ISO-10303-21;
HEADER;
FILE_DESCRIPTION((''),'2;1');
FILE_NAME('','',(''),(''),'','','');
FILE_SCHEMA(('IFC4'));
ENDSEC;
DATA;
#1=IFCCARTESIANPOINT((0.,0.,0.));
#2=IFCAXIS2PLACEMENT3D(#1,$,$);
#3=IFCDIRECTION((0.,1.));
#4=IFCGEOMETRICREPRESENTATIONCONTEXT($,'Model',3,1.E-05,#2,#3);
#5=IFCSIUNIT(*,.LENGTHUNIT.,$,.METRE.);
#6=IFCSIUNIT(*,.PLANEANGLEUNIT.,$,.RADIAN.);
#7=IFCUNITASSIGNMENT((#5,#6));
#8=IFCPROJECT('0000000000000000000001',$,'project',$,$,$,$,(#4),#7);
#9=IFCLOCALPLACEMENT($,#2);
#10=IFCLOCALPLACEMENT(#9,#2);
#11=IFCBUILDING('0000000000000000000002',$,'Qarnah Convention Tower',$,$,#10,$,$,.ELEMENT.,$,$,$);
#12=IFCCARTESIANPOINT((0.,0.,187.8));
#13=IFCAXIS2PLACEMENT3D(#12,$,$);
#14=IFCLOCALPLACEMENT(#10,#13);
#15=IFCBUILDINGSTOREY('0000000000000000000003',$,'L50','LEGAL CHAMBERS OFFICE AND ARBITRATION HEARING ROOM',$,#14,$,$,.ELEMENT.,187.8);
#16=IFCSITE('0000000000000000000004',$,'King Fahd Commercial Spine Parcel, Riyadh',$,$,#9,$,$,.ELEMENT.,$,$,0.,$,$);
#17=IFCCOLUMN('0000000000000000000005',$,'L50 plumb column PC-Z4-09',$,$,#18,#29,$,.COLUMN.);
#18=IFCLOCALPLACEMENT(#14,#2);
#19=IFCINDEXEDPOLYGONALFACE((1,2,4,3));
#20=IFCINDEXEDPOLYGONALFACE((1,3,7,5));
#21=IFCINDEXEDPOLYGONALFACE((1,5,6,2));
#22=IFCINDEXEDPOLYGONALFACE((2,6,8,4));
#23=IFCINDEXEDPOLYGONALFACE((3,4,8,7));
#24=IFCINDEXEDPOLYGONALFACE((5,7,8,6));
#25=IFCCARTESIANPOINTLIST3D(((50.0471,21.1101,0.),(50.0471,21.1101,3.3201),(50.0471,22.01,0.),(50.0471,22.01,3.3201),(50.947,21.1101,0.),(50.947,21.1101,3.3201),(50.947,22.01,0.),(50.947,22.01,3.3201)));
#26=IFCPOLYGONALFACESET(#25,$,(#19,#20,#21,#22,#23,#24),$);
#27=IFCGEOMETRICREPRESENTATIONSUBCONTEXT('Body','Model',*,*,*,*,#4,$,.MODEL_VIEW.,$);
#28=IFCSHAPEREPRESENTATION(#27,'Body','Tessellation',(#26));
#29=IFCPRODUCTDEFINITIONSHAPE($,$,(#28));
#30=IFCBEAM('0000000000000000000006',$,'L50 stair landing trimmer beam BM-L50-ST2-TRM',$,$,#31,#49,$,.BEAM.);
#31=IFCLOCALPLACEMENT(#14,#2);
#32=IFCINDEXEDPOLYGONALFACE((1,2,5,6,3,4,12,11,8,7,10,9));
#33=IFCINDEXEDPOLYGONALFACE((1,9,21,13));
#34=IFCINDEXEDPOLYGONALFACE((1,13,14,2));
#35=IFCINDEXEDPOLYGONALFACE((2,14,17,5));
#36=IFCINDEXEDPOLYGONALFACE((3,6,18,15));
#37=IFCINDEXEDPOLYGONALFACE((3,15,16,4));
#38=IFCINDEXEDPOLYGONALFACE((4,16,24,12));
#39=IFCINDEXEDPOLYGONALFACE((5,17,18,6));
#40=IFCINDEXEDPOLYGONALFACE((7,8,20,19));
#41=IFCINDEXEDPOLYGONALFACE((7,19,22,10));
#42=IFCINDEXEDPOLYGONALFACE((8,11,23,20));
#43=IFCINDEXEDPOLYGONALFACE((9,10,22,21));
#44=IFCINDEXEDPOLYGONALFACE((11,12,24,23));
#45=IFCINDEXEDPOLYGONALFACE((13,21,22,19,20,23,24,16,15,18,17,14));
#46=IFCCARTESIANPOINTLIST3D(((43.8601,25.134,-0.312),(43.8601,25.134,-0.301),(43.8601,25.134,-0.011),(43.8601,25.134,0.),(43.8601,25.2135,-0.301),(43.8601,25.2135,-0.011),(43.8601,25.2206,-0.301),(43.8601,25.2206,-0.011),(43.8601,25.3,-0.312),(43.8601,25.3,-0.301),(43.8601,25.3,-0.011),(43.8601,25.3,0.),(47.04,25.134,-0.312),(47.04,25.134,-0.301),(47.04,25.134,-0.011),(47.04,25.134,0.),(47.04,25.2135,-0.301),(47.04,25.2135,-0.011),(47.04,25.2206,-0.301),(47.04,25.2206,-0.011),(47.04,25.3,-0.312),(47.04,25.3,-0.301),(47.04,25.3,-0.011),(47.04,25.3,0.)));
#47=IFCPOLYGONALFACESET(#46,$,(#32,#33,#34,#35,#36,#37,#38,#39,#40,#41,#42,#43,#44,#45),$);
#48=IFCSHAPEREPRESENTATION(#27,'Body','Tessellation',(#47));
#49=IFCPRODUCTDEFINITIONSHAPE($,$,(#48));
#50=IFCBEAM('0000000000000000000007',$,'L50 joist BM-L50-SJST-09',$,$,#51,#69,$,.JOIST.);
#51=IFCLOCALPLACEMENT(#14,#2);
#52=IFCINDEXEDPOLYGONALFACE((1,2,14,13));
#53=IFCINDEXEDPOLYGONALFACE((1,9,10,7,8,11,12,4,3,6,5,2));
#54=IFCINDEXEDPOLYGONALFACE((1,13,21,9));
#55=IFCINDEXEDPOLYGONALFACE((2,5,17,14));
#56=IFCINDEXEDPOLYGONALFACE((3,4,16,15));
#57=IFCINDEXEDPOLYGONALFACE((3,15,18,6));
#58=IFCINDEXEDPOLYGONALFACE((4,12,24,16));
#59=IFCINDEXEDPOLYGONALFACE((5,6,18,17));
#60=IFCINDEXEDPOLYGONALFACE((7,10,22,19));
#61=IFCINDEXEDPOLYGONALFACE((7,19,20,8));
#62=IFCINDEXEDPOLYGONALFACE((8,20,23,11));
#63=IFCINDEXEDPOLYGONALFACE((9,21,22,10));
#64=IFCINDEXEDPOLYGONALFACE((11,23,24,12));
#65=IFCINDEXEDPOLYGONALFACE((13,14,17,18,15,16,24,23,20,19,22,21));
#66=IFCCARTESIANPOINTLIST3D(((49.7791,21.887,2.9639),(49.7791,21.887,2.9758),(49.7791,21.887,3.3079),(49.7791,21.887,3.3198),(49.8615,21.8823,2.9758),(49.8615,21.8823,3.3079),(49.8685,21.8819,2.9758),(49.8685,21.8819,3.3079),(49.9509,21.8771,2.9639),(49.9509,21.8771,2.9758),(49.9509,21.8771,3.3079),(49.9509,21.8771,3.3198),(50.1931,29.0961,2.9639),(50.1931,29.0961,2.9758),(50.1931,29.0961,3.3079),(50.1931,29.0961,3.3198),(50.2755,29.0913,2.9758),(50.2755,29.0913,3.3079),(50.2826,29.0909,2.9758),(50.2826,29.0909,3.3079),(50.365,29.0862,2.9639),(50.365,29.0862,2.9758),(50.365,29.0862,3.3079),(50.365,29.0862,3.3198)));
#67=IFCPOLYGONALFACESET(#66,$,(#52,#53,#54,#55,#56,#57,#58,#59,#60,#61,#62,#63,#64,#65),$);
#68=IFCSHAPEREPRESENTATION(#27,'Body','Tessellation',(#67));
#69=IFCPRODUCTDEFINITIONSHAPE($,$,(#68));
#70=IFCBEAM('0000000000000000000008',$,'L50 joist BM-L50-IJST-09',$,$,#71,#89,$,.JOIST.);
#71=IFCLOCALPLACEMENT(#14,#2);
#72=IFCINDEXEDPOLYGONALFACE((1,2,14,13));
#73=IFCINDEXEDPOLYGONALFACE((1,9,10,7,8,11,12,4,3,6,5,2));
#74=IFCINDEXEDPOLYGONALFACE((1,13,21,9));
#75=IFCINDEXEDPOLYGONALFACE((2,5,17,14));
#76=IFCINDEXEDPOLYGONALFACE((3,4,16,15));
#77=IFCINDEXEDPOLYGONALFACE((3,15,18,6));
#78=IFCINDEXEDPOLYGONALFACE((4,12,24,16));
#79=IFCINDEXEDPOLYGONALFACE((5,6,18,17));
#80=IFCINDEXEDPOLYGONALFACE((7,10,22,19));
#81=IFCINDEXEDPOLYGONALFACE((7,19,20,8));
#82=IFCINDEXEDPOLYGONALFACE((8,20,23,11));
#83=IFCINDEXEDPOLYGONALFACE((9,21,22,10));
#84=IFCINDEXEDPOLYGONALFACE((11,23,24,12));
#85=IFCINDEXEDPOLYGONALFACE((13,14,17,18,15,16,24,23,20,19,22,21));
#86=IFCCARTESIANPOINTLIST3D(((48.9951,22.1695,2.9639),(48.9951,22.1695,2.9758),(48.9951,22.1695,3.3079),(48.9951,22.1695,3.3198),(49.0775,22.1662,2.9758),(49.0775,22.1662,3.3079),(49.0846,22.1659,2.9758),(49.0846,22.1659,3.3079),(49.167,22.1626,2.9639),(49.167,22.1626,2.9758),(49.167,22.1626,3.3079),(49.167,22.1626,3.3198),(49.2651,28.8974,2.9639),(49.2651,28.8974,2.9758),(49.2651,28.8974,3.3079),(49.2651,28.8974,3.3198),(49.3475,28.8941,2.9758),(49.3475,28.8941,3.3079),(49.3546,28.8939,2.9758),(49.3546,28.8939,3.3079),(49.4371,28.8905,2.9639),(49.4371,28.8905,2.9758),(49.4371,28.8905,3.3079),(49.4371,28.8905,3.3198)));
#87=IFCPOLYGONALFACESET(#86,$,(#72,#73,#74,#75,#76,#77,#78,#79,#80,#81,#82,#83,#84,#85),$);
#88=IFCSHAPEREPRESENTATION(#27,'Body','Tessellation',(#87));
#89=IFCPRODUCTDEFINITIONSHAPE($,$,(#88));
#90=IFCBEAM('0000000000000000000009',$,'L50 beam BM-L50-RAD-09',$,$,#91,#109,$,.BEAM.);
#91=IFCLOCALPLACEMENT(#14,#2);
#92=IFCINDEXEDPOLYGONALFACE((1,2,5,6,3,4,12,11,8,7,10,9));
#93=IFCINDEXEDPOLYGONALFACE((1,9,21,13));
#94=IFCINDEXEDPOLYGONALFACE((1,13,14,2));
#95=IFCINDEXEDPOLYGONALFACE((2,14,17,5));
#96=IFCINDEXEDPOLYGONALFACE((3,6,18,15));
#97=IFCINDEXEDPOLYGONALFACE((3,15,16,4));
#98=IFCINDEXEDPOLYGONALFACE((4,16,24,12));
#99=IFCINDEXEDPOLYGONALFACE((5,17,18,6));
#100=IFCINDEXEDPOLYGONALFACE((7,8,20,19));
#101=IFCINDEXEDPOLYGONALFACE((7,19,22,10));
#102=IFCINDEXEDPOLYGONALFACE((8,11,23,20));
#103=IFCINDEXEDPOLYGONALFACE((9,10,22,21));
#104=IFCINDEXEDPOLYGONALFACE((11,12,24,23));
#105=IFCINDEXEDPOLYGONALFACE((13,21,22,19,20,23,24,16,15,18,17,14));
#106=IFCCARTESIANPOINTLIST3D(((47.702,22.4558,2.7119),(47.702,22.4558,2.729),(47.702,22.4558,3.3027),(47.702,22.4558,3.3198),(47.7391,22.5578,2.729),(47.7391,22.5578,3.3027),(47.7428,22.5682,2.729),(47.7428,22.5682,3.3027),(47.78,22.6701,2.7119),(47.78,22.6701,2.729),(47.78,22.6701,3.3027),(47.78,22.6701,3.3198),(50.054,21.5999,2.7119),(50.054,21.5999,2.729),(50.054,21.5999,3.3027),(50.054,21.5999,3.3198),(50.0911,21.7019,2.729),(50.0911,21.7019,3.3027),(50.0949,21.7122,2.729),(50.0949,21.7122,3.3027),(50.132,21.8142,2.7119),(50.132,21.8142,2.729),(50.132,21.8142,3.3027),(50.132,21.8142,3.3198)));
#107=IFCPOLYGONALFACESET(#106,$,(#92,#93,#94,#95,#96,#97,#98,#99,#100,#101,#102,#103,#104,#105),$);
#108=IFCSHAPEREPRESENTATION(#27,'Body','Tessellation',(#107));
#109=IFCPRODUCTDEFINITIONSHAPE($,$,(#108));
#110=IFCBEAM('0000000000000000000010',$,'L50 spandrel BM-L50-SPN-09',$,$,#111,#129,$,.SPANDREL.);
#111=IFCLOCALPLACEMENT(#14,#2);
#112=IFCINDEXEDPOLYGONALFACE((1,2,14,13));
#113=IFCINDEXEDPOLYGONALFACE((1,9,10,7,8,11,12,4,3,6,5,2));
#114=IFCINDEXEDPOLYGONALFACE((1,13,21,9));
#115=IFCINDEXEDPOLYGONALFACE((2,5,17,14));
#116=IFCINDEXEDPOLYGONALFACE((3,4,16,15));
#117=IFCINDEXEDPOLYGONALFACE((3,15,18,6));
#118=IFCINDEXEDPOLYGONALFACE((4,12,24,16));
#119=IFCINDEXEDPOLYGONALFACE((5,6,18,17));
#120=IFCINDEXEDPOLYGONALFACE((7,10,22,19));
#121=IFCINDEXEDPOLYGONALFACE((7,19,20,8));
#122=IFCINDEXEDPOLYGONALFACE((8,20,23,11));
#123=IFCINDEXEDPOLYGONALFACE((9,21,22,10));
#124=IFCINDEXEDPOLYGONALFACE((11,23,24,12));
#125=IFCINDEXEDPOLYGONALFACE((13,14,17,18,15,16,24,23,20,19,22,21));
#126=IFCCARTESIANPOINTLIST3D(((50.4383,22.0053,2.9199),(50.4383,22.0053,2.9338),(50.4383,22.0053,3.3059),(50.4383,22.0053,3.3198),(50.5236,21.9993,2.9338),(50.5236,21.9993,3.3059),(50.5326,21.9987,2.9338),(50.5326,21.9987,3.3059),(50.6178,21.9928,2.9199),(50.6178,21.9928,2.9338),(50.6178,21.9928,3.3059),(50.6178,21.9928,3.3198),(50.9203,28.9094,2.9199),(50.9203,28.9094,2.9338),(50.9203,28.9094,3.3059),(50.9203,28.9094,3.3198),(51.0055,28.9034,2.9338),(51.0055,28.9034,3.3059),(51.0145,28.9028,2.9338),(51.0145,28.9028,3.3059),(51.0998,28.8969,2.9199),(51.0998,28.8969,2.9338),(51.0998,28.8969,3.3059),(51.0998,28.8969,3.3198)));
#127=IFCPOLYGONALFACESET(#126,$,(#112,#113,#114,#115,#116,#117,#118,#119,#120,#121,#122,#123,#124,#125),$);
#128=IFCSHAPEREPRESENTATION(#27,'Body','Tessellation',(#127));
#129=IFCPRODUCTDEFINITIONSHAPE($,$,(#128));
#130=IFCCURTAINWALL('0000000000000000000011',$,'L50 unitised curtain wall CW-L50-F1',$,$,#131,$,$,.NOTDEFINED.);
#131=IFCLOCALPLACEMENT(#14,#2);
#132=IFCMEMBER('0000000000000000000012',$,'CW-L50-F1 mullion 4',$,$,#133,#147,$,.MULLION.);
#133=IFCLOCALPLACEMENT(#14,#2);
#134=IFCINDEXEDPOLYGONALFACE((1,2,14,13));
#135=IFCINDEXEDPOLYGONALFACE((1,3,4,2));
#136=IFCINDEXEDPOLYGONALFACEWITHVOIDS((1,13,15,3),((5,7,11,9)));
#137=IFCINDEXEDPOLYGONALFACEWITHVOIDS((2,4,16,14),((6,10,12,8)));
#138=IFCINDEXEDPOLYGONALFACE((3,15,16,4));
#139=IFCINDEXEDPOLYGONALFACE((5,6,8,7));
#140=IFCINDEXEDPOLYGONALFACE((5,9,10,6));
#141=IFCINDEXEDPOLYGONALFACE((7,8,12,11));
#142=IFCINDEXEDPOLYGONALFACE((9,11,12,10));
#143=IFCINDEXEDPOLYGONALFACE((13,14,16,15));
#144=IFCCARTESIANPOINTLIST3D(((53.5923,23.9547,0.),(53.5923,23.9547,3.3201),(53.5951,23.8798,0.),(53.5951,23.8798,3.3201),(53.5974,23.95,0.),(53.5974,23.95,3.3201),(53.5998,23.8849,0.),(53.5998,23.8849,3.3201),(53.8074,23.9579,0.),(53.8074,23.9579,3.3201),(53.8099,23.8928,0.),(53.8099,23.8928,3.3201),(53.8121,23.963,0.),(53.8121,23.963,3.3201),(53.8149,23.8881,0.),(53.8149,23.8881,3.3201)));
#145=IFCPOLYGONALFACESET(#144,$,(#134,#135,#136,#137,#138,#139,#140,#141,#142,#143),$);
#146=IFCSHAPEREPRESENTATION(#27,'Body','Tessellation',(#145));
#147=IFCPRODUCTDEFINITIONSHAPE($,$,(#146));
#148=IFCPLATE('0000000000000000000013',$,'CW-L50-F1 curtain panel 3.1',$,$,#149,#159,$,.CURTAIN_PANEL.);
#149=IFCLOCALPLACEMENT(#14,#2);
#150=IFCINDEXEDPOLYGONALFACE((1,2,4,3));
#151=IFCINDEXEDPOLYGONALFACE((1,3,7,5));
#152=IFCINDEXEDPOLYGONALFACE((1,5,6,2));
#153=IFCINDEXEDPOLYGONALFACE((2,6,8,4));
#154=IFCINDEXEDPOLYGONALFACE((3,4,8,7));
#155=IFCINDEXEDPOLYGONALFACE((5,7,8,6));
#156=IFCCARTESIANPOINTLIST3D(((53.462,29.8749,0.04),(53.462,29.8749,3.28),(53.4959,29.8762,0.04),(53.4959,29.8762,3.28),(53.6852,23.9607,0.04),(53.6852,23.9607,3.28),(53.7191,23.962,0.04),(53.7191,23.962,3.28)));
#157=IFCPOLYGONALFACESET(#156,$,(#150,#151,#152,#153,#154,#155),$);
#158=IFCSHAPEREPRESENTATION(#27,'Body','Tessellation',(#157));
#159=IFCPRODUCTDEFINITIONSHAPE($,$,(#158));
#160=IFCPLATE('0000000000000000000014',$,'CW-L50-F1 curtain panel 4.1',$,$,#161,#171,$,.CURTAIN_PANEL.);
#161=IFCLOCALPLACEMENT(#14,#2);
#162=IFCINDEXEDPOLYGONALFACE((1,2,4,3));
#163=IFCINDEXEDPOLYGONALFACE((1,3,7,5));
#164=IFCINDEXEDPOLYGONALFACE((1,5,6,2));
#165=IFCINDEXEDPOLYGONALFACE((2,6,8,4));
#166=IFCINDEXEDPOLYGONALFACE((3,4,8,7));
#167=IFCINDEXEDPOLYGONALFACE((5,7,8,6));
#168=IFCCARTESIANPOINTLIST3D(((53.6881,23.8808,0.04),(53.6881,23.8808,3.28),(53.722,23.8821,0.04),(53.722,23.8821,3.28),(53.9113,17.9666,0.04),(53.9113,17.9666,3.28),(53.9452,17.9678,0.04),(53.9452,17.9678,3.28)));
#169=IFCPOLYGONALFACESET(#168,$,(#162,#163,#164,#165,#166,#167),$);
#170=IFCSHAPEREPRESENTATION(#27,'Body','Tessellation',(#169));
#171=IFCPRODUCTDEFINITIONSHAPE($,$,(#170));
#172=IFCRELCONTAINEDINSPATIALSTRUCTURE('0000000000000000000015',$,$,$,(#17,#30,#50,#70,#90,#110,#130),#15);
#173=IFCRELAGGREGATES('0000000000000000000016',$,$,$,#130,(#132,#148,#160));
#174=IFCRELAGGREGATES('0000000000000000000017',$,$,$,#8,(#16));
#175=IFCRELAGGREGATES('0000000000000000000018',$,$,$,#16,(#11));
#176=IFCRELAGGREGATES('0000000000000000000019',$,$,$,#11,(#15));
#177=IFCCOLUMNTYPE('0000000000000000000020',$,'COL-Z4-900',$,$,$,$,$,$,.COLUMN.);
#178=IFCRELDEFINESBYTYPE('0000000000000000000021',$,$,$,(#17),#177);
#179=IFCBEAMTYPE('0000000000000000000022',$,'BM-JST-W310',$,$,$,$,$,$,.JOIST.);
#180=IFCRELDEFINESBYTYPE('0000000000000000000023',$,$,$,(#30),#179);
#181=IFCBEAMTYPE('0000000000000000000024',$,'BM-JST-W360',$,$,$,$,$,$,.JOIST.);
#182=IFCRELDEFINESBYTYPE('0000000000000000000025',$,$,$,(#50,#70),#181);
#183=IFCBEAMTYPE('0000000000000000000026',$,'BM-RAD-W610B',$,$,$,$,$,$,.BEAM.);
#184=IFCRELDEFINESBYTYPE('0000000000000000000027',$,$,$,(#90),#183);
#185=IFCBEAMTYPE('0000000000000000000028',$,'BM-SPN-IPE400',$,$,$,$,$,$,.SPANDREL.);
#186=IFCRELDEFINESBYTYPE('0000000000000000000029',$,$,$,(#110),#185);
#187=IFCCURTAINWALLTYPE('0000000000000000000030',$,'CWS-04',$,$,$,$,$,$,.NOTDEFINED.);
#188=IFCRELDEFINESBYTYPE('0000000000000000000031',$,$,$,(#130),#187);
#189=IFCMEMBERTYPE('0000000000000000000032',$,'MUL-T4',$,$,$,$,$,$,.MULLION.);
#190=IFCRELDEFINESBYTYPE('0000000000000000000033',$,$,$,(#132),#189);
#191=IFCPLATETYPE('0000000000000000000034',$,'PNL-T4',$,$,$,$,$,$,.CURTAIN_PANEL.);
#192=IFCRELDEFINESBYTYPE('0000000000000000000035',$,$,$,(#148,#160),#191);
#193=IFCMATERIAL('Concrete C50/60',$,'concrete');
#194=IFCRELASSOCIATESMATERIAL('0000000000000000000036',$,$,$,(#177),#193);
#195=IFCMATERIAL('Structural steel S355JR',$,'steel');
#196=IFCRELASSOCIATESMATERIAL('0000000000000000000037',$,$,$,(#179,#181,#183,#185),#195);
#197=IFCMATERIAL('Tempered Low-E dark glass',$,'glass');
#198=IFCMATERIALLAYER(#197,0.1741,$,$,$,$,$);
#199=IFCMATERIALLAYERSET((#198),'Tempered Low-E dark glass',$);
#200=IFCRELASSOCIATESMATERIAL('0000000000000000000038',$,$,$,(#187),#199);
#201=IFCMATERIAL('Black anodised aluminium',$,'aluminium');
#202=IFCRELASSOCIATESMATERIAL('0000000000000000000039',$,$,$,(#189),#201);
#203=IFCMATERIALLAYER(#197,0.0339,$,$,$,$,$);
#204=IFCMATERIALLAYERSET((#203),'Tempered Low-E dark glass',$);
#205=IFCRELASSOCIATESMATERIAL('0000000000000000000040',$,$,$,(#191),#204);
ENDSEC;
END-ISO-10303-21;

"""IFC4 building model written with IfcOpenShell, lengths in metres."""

from ifc_helpers import new_model, si_unit, direction, frame, origin, origin_2d, place, context, subcontext, project, spatial, rectangle, hollow_rectangle, i_section, extrude, material, layer, layer_set, material_profile, profile_set, type_object, element, aggregate, save


model = new_model("IFC4")

# Units and contexts
model_context = context("Model", 3, precision=1e-05, world=origin(), true_north=direction((0.0, 1.0)))
body_context = subcontext(model_context, "Body", "Model", "MODEL_VIEW")
ifc_project = project(units=[si_unit("LENGTHUNIT", "METRE"), si_unit("PLANEANGLEUNIT", "RADIAN")], contexts=[model_context])

# Site, building, storey
site_placement = place(None, origin())
site = spatial("IfcSite", under=ifc_project, at=site_placement, Name="King Fahd Commercial Spine Parcel, Riyadh", CompositionType="ELEMENT", RefElevation=0.0)
building_placement = place(site_placement, origin())
building = spatial("IfcBuilding", under=site, at=building_placement, Name="Qarnah Convention Tower", CompositionType="ELEMENT")
storey_placement = place(building_placement, frame((0.0, 0.0, 187.8)))
storey = spatial("IfcBuildingStorey", under=building, at=storey_placement, Name="L50", Description="LEGAL CHAMBERS OFFICE AND ARBITRATION HEARING ROOM", CompositionType="ELEMENT", Elevation=187.8)

# Column
ifc_material_1 = material(Name="Concrete C50/60", Category="concrete")
ifc_material_profile_1 = material_profile(ifc_material_1, rectangle(XDim=0.8999, YDim=0.8999, at=origin_2d()), Name="RC-COL-900X900")
ifc_profile_set_1 = profile_set([ifc_material_profile_1], Name="Concrete C50/60")
column_type = type_object("IfcColumnType", Name="COL-Z4-900", PredefinedType="COLUMN", material=ifc_profile_set_1)
column_placement = place(storey_placement, frame((50.4971, 21.5601, 0.0), z_axis=(0.0, 0.0, 1.0), x_axis=(1.0, 0.0, 0.0)))
element("IfcColumn", 1, at=column_placement, inside=storey, type_object=column_type, Name="L50 plumb column PC-Z4-09", PredefinedType="COLUMN", context=body_context, shape_type="SweptSolid", body=[
    extrude(rectangle(XDim=0.8999, YDim=0.8999, at=origin_2d()), origin(), (0.0, 0.0, 1.0), 3.3201),
])

# Beams
ifc_material_2 = material(Name="Structural steel S355JR", Category="steel")
ifc_material_profile_2 = material_profile(ifc_material_2, i_section(OverallWidth=0.166, OverallDepth=0.312, WebThickness=0.0071, FlangeThickness=0.011, at=origin_2d()), Name="W310X45")
ifc_profile_set_2 = profile_set([ifc_material_profile_2], Name="Structural steel S355JR")
beam_type_1 = type_object("IfcBeamType", Name="BM-JST-W310", PredefinedType="JOIST", material=ifc_profile_set_2)
beam_1_placement = place(storey_placement, frame((43.8601, 25.217, -0.156), z_axis=(1.0, 0.0, 0.0), x_axis=(0.0, 1.0, 0.0)))
element("IfcBeam", 2, at=beam_1_placement, inside=storey, type_object=beam_type_1, Name="L50 stair landing trimmer beam BM-L50-ST2-TRM", PredefinedType="BEAM", context=body_context, shape_type="SweptSolid", body=[
    extrude(i_section(OverallWidth=0.166, OverallDepth=0.312, WebThickness=0.0071, FlangeThickness=0.011, at=origin_2d()), origin(), (0.0, 0.0, 1.0), 3.1799),
])
ifc_material_profile_3 = material_profile(ifc_material_2, i_section(OverallWidth=0.1721, OverallDepth=0.356, WebThickness=0.0071, FlangeThickness=0.012, at=origin_2d()), Name="W360X51")
ifc_profile_set_3 = profile_set([ifc_material_profile_3], Name="Structural steel S355JR")
beam_type_2 = type_object("IfcBeamType", Name="BM-JST-W360", PredefinedType="JOIST", material=ifc_profile_set_3)
beam_2_placement = place(storey_placement, frame((49.865, 21.8821, 3.1418), z_axis=(0.057343, 0.998355, 0.0), x_axis=(-0.998355, 0.057343, 0.0)))
element("IfcBeam", 3, at=beam_2_placement, inside=storey, type_object=beam_type_2, Name="L50 joist BM-L50-SJST-09", PredefinedType="JOIST", context=body_context, shape_type="SweptSolid", body=[
    extrude(i_section(OverallWidth=0.1721, OverallDepth=0.356, WebThickness=0.0071, FlangeThickness=0.012, at=origin_2d()), origin(), (0.0, 0.0, 1.0), 7.2209),
])
beam_3_placement = place(storey_placement, frame((49.0811, 22.166, 3.1418), z_axis=(0.040101, 0.999196, 0.0), x_axis=(-0.999196, 0.040101, 0.0)))
element("IfcBeam", 4, at=beam_3_placement, inside=storey, type_object=beam_type_2, Name="L50 joist BM-L50-IJST-09", PredefinedType="JOIST", context=body_context, shape_type="SweptSolid", body=[
    extrude(i_section(OverallWidth=0.1721, OverallDepth=0.356, WebThickness=0.0071, FlangeThickness=0.012, at=origin_2d()), origin(), (0.0, 0.0, 1.0), 6.7334),
])
ifc_material_profile_4 = material_profile(ifc_material_2, i_section(OverallWidth=0.228, OverallDepth=0.6079, WebThickness=0.011, FlangeThickness=0.0171, at=origin_2d()), Name="W610X113")
ifc_profile_set_4 = profile_set([ifc_material_profile_4], Name="Structural steel S355JR")
beam_type_3 = type_object("IfcBeamType", Name="BM-RAD-W610B", PredefinedType="BEAM", material=ifc_profile_set_4)
beam_4_placement = place(storey_placement, frame((47.741, 22.563, 3.0159), z_axis=(0.939708, -0.341978, 0.0), x_axis=(0.341978, 0.939708, 0.0)))
element("IfcBeam", 5, at=beam_4_placement, inside=storey, type_object=beam_type_3, Name="L50 beam BM-L50-RAD-09", PredefinedType="BEAM", context=body_context, shape_type="SweptSolid", body=[
    extrude(i_section(OverallWidth=0.228, OverallDepth=0.6079, WebThickness=0.011, FlangeThickness=0.0171, at=origin_2d()), origin(), (0.0, 0.0, 1.0), 2.5029),
])
ifc_material_profile_5 = material_profile(ifc_material_2, i_section(OverallWidth=0.1799, OverallDepth=0.3999, WebThickness=0.009, FlangeThickness=0.0139, at=origin_2d()), Name="IPE400")
ifc_profile_set_5 = profile_set([ifc_material_profile_5], Name="Structural steel S355JR")
beam_type_4 = type_object("IfcBeamType", Name="BM-SPN-IPE400", PredefinedType="SPANDREL", material=ifc_profile_set_5)
beam_5_placement = place(storey_placement, frame((50.5281, 21.999, 3.1199), z_axis=(0.069635, 0.997573, 0.0), x_axis=(-0.997573, 0.069635, 0.0)))
element("IfcBeam", 6, at=beam_5_placement, inside=storey, type_object=beam_type_4, Name="L50 spandrel BM-L50-SPN-09", PredefinedType="SPANDREL", context=body_context, shape_type="SweptSolid", body=[
    extrude(i_section(OverallWidth=0.1799, OverallDepth=0.3999, WebThickness=0.009, FlangeThickness=0.0139, at=origin_2d()), origin(), (0.0, 0.0, 1.0), 6.9209),
])

# Curtain wall, member, plates
ifc_material_3 = material(Name="Tempered Low-E dark glass", Category="glass")
ifc_layer_1 = layer(ifc_material_3, 0.1741)
ifc_layer_set_1 = layer_set([ifc_layer_1], Name="Tempered Low-E dark glass")
curtain_wall_type = type_object("IfcCurtainWallType", Name="CWS-04", PredefinedType="NOTDEFINED", material=ifc_layer_set_1)
curtain_wall_placement = place(storey_placement, origin())
curtain_wall = element("IfcCurtainWall", 7, at=curtain_wall_placement, inside=storey, type_object=curtain_wall_type, Name="L50 unitised curtain wall CW-L50-F1", PredefinedType="NOTDEFINED")
ifc_material_4 = material(Name="Black anodised aluminium", Category="aluminium")
ifc_material_profile_6 = material_profile(ifc_material_4, hollow_rectangle(XDim=0.075, YDim=0.22, WallThickness=0.0049, at=origin_2d()), Name="MUL-75X220")
ifc_profile_set_6 = profile_set([ifc_material_profile_6], Name="Black anodised aluminium")
member_type = type_object("IfcMemberType", Name="MUL-T4", PredefinedType="MULLION", material=ifc_profile_set_6)
member_placement = place(storey_placement, frame((53.7036, 23.9214, 0.0), z_axis=(0.0, 0.0, 1.0), x_axis=(0.03771, -0.999289, 0.0)))
member = element("IfcMember", 8, at=member_placement, type_object=member_type, Name="CW-L50-F1 mullion 4", PredefinedType="MULLION", context=body_context, shape_type="SweptSolid", body=[
    extrude(hollow_rectangle(XDim=0.075, YDim=0.22, WallThickness=0.0049, at=origin_2d()), origin(), (0.0, 0.0, 1.0), 3.3201),
])
ifc_layer_2 = layer(ifc_material_3, 0.0339)
ifc_layer_set_2 = layer_set([ifc_layer_2], Name="Tempered Low-E dark glass")
plate_type = type_object("IfcPlateType", Name="PNL-T4", PredefinedType="CURTAIN_PANEL", material=ifc_layer_set_2)
plate_1_placement = place(storey_placement, frame((53.5906, 26.9185, 0.04), z_axis=(0.0, 0.0, 1.0), x_axis=(0.03771, -0.999289, 0.0)))
plate_1 = element("IfcPlate", 9, at=plate_1_placement, type_object=plate_type, Name="CW-L50-F1 curtain panel 3.1", PredefinedType="CURTAIN_PANEL", context=body_context, shape_type="SweptSolid", body=[
    extrude(rectangle(XDim=5.9185, YDim=0.0339, at=origin_2d()), origin(), (0.0, 0.0, 1.0), 3.24),
])
plate_2_placement = place(storey_placement, frame((53.8167, 20.9243, 0.04), z_axis=(0.0, 0.0, 1.0), x_axis=(0.03771, -0.999289, 0.0)))
plate_2 = element("IfcPlate", 10, at=plate_2_placement, type_object=plate_type, Name="CW-L50-F1 curtain panel 4.1", PredefinedType="CURTAIN_PANEL", context=body_context, shape_type="SweptSolid", body=[
    extrude(rectangle(XDim=5.9185, YDim=0.0339, at=origin_2d()), origin(), (0.0, 0.0, 1.0), 3.24),
])
aggregate(curtain_wall, [member, plate_1, plate_2])

save(model, "model.ifc")
